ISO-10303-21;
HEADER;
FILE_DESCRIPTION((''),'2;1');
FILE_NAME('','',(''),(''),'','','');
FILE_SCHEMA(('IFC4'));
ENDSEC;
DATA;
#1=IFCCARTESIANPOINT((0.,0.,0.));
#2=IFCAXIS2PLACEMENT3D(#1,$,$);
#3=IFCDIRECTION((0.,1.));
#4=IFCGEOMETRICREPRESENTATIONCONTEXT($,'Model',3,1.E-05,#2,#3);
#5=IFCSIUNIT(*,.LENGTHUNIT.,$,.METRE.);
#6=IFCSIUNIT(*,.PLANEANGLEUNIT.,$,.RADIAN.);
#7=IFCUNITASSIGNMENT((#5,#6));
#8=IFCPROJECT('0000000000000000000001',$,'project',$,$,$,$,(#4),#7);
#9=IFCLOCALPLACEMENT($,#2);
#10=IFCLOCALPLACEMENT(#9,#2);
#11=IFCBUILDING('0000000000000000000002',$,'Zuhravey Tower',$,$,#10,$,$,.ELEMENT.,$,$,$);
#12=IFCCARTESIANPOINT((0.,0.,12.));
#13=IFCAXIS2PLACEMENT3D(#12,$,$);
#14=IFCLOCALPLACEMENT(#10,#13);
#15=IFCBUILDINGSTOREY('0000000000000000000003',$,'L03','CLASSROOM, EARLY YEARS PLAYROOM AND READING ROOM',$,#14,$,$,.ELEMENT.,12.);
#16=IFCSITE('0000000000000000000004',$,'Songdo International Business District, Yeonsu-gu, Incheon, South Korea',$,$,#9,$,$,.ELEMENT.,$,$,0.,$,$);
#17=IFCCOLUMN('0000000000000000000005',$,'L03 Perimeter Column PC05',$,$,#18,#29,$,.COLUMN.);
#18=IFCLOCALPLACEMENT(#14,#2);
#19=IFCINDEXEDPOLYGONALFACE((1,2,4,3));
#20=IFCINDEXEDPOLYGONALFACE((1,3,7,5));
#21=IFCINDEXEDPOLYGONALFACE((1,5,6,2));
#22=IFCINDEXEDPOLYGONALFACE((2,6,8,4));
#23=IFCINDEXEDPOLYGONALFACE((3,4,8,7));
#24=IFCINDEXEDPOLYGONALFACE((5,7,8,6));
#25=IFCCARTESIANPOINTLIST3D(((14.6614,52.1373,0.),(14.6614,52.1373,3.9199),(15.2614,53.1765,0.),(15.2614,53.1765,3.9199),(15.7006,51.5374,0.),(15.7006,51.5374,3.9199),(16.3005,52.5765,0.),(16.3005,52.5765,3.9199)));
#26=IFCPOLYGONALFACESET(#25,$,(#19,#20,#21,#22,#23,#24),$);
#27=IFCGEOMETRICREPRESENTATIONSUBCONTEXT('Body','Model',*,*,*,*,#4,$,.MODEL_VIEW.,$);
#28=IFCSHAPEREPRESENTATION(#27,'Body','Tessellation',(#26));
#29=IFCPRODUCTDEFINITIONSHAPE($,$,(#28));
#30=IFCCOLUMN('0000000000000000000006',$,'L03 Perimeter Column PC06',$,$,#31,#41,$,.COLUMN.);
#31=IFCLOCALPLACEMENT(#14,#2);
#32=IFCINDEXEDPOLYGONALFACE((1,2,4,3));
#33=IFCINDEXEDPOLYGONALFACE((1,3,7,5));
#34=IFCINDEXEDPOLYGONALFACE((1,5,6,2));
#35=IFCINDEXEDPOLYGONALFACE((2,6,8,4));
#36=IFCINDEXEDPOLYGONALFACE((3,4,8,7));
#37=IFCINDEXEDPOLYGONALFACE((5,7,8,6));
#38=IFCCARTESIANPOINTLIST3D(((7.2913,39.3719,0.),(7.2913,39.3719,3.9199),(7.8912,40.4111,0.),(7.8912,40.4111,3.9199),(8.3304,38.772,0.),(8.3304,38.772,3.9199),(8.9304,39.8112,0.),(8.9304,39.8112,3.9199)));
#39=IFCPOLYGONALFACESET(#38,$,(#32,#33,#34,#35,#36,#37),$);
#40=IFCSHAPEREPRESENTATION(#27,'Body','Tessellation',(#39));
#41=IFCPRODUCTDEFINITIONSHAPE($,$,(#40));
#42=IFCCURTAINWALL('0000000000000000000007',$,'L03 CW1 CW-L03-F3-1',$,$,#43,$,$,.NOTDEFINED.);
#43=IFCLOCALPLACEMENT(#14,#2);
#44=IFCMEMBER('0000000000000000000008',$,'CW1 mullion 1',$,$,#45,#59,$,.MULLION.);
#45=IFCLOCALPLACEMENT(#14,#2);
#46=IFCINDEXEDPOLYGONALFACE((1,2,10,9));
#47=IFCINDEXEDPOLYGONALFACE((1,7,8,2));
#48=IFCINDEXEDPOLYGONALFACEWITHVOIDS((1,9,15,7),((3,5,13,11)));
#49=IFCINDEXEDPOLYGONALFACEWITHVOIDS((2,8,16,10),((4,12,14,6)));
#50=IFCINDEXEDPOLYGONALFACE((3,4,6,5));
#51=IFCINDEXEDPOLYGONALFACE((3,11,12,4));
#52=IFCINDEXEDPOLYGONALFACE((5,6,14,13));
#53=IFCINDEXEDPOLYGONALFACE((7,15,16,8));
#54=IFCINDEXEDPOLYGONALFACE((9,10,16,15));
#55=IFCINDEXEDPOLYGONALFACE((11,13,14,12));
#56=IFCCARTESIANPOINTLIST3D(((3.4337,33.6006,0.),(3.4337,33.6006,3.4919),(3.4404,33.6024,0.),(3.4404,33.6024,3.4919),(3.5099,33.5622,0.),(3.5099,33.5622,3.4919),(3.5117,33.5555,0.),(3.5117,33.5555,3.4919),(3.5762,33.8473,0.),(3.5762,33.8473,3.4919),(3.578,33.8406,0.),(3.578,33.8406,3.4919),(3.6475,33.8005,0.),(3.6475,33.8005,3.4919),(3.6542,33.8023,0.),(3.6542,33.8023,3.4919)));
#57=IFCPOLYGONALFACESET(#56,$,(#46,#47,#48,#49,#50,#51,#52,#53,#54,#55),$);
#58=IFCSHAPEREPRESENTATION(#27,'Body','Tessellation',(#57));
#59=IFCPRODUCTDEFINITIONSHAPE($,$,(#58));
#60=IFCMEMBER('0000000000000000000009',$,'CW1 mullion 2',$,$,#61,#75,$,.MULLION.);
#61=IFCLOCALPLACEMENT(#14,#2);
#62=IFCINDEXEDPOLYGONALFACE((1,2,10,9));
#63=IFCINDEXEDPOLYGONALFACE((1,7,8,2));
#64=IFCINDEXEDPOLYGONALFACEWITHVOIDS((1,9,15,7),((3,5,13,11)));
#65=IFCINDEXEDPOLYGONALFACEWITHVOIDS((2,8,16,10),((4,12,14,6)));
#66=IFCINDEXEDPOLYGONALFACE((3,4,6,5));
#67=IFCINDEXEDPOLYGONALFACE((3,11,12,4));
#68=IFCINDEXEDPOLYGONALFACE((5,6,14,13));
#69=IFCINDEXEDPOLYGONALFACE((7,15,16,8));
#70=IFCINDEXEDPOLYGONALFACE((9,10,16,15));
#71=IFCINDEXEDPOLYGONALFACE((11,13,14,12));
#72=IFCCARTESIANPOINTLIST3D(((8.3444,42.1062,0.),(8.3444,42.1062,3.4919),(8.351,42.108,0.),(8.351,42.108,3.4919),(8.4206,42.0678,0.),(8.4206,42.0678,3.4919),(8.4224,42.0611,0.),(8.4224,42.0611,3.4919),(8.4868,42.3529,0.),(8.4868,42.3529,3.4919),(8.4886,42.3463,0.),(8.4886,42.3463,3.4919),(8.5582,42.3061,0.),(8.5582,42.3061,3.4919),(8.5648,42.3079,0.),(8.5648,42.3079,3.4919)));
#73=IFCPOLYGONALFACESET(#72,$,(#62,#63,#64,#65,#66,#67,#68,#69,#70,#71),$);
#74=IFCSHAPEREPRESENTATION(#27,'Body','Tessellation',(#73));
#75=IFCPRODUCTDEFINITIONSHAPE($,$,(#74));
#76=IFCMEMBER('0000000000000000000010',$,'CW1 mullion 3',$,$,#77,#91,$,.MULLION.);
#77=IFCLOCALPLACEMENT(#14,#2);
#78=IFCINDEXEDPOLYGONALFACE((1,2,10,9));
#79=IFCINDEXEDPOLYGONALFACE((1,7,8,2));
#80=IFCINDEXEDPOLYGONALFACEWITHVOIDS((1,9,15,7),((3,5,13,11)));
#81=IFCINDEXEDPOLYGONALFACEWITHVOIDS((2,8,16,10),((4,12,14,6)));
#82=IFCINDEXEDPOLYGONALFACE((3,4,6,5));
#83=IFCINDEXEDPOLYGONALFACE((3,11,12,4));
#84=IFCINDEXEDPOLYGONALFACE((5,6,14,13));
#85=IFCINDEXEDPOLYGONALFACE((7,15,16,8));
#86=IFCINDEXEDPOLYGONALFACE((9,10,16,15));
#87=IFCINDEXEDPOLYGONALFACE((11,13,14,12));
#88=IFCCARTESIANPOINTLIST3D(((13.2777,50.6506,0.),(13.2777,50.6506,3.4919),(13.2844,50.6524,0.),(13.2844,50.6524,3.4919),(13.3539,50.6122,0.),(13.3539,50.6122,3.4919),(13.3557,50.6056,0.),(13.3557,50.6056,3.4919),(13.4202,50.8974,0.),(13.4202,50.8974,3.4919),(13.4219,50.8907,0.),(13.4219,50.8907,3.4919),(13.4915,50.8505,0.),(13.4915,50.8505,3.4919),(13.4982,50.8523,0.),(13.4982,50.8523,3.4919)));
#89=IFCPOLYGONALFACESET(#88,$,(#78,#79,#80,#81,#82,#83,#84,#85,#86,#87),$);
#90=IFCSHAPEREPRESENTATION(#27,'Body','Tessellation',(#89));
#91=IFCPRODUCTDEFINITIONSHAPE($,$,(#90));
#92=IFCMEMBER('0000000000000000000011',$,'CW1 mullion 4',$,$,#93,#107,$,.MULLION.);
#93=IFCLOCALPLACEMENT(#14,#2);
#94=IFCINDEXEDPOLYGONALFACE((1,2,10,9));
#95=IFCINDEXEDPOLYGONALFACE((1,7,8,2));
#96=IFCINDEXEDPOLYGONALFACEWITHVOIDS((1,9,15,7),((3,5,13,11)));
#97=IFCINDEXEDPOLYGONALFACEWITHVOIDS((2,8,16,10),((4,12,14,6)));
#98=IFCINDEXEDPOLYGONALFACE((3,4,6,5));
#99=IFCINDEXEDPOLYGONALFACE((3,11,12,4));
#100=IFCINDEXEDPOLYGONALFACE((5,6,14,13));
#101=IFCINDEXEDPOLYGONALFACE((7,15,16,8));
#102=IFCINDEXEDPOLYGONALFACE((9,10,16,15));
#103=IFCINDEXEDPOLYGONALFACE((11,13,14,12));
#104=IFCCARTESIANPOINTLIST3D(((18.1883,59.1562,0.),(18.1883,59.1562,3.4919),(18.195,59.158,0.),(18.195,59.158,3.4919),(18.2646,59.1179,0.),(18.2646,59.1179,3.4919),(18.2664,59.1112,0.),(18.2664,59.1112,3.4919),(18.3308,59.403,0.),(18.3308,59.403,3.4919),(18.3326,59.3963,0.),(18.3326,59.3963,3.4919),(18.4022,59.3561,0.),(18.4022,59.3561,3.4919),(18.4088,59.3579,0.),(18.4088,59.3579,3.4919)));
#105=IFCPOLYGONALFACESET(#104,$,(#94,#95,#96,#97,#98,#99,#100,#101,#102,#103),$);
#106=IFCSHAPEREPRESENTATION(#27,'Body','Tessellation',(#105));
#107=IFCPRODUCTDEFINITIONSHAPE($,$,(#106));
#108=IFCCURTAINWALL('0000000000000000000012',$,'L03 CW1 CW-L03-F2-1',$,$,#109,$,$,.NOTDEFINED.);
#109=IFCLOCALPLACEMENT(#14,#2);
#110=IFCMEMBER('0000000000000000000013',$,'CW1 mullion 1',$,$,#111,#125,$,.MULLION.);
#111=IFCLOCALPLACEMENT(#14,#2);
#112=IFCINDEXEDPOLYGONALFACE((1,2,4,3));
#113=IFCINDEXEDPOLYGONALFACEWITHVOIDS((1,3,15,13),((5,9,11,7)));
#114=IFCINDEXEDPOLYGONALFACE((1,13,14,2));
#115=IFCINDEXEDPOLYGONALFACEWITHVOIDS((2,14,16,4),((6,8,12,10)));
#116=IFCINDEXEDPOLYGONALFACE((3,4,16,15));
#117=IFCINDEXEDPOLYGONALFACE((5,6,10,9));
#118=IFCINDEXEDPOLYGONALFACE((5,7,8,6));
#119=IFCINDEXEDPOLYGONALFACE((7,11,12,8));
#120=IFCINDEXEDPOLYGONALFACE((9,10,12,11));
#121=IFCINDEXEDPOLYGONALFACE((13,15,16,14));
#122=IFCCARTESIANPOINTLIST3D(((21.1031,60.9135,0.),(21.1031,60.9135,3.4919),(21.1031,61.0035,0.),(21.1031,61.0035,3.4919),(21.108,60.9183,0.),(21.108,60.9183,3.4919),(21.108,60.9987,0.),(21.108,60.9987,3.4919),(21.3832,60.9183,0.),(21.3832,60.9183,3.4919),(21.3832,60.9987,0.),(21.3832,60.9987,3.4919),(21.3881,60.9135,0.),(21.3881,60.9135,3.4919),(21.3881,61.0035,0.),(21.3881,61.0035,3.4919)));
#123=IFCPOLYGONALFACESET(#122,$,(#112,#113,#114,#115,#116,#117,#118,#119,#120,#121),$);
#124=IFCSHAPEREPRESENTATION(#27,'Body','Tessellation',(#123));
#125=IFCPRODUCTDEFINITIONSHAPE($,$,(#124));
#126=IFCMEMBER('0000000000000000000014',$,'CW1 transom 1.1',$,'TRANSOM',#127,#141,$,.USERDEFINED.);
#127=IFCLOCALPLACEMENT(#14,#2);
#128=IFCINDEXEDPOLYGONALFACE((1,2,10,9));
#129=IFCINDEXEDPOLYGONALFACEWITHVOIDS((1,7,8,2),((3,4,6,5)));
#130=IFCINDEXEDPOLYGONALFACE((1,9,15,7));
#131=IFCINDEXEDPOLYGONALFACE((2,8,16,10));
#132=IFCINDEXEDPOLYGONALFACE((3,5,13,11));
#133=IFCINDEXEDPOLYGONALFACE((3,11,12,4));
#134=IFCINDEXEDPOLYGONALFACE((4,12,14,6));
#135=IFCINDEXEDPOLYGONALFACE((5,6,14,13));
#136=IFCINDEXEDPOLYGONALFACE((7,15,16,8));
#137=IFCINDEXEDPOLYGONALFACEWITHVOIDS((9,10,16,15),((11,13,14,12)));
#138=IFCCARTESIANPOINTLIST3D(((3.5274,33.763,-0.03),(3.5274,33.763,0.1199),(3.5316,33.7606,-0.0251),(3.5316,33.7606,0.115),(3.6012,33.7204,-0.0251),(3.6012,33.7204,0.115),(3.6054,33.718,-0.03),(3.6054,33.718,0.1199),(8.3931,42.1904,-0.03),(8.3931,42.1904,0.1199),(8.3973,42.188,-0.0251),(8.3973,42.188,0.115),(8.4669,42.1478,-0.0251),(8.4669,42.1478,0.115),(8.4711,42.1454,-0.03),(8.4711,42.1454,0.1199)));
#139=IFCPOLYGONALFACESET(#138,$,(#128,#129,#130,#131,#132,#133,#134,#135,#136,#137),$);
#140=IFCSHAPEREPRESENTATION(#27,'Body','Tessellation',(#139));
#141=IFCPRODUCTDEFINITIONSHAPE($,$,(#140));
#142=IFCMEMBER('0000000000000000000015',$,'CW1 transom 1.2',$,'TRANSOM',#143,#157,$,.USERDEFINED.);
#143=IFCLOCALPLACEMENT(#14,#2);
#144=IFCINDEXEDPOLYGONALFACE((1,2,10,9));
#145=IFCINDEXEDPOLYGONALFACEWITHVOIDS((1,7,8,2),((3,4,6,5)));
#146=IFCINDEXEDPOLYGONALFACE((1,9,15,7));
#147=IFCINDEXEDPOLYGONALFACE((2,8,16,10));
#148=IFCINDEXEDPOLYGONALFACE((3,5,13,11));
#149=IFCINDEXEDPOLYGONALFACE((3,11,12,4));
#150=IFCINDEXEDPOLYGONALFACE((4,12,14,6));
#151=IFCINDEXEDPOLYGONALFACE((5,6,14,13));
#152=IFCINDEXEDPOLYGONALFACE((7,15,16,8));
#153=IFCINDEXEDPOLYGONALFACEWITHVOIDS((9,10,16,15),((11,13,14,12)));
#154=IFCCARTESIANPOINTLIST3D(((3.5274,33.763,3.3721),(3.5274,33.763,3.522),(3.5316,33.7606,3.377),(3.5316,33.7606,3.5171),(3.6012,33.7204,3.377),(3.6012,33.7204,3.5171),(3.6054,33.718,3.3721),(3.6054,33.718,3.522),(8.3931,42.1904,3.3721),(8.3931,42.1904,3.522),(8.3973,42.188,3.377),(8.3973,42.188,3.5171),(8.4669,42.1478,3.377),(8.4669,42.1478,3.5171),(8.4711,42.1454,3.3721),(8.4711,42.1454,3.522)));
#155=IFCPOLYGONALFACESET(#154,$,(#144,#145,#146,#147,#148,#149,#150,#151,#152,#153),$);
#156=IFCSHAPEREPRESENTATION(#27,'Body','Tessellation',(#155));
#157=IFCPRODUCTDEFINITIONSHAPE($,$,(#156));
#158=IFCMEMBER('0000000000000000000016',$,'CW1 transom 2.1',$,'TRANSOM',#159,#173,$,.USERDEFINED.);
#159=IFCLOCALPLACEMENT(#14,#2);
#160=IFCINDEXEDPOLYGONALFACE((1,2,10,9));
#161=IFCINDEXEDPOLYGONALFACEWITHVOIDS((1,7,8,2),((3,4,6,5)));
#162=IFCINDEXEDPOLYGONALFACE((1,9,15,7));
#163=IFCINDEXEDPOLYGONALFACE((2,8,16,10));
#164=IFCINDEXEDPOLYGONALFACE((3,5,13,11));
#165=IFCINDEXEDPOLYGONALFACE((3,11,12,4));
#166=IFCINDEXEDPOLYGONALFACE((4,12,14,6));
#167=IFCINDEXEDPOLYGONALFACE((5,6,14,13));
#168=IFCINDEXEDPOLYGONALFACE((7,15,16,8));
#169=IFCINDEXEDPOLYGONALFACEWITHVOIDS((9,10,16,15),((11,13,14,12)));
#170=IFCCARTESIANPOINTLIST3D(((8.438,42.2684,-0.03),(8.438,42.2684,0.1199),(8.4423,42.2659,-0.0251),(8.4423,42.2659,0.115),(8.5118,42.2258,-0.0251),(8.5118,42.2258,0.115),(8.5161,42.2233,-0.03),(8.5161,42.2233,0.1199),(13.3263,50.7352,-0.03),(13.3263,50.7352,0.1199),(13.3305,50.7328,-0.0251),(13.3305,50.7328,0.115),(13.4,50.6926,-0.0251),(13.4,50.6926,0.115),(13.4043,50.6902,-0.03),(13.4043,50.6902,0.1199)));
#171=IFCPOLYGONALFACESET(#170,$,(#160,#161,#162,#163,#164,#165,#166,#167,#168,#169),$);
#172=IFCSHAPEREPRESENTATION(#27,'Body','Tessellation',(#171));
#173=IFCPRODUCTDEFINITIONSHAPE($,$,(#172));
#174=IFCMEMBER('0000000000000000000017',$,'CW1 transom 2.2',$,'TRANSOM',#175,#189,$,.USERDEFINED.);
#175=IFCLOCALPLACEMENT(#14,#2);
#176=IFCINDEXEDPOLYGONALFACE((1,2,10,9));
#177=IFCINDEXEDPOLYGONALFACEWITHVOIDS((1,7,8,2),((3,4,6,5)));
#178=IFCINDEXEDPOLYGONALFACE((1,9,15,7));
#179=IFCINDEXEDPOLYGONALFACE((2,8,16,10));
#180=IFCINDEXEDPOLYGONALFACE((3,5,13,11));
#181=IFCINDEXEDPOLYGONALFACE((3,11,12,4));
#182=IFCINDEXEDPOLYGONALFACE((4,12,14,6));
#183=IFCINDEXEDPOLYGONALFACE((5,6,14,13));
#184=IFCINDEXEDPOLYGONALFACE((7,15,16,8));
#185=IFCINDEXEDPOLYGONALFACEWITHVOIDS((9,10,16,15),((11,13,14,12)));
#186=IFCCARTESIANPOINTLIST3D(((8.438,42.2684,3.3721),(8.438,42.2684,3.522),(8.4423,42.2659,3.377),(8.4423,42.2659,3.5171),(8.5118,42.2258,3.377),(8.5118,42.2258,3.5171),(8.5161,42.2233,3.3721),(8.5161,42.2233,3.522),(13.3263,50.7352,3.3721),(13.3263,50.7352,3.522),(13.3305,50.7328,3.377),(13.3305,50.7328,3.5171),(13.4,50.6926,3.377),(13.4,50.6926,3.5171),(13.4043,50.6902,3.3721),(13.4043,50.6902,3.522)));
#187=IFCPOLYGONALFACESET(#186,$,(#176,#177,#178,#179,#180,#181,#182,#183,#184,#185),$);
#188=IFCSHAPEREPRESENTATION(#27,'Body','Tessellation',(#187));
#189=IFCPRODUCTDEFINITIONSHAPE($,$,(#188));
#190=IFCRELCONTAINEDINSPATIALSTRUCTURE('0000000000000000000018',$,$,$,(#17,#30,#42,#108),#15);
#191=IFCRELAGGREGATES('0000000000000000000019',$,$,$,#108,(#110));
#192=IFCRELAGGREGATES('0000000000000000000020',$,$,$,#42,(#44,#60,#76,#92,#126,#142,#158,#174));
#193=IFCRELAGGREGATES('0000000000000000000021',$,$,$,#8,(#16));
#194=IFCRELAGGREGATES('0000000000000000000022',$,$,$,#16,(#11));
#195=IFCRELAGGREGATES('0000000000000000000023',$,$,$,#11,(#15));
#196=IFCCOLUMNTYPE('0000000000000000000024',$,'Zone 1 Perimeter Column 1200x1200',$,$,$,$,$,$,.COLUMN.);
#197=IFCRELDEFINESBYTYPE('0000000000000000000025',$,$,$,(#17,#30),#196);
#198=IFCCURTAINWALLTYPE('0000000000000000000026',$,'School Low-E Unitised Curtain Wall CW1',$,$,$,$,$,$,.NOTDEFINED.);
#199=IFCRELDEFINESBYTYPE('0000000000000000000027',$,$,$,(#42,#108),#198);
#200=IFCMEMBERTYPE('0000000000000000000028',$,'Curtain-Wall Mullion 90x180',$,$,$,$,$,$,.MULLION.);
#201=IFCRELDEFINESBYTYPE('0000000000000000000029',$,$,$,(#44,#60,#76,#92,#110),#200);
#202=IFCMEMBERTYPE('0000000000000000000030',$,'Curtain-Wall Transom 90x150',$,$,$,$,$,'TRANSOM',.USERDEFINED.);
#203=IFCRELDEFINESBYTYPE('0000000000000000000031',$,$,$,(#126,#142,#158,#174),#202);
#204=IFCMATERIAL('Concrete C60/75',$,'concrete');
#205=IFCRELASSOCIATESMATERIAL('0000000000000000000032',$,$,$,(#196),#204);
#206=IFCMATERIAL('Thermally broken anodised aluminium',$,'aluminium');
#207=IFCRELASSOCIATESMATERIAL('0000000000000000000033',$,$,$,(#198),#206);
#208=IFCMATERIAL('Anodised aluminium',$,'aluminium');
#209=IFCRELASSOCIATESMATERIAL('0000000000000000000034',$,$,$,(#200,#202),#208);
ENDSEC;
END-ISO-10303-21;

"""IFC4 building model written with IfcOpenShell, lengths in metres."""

from ifc_helpers import new_model, si_unit, direction, frame, origin, origin_2d, place, context, subcontext, project, spatial, rectangle, hollow_rectangle, extrude, material, material_profile, profile_set, type_object, element, aggregate, save


model = new_model("IFC4")

# Units and contexts
model_context = context("Model", 3, precision=1e-05, world=origin(), true_north=direction((0.0, 1.0)))
body_context = subcontext(model_context, "Body", "Model", "MODEL_VIEW")
ifc_project = project(units=[si_unit("LENGTHUNIT", "METRE"), si_unit("PLANEANGLEUNIT", "RADIAN")], contexts=[model_context])

# Site, building, storey
site_placement = place(None, origin())
site = spatial("IfcSite", under=ifc_project, at=site_placement, Name="Songdo International Business District, Yeonsu-gu, Incheon, South Korea", CompositionType="ELEMENT", RefElevation=0.0)
building_placement = place(site_placement, origin())
building = spatial("IfcBuilding", under=site, at=building_placement, Name="Zuhravey Tower", CompositionType="ELEMENT")
storey_placement = place(building_placement, frame((0.0, 0.0, 12.0)))
storey = spatial("IfcBuildingStorey", under=building, at=storey_placement, Name="L03", Description="CLASSROOM, EARLY YEARS PLAYROOM AND READING ROOM", CompositionType="ELEMENT", Elevation=12.0)

# Columns
ifc_material_1 = material(Name="Concrete C60/75", Category="concrete")
ifc_material_profile_1 = material_profile(ifc_material_1, rectangle(XDim=1.2, YDim=1.2, at=origin_2d()), Name="RC-1200x1200")
ifc_profile_set_1 = profile_set([ifc_material_profile_1], Name="Concrete C60/75")
column_type = type_object("IfcColumnType", Name="Zone 1 Perimeter Column 1200x1200", PredefinedType="COLUMN", material=ifc_profile_set_1)
for number, where, z_axis, x_axis, name in (
    (1, (15.481, 52.3569, 0.0), (0.0, 0.0, 1.0), (-0.5, -0.866025, 0.0), "L03 Perimeter Column PC05"),
    (2, (8.1108, 39.5916, 0.0), (0.0, 0.0, 1.0), (-0.5, -0.866025, 0.0), "L03 Perimeter Column PC06"),
):
    element("IfcColumn", number, at=place(storey_placement, frame(where, z_axis=z_axis, x_axis=x_axis)), inside=storey, type_object=column_type, Name=name, PredefinedType="COLUMN", context=body_context, shape_type="SweptSolid", body=[
        extrude(rectangle(XDim=1.2, YDim=1.2, at=origin_2d()), origin(), (0.0, 0.0, 1.0), 3.9199),
    ])

# Curtain wall, members
ifc_material_2 = material(Name="Thermally broken anodised aluminium", Category="aluminium")
curtain_wall_type = type_object("IfcCurtainWallType", Name="School Low-E Unitised Curtain Wall CW1", PredefinedType="NOTDEFINED", material=ifc_material_2)
curtain_wall_1_placement = place(storey_placement, origin())
curtain_wall_1 = element("IfcCurtainWall", 3, at=curtain_wall_1_placement, inside=storey, type_object=curtain_wall_type, Name="L03 CW1 CW-L03-F3-1", PredefinedType="NOTDEFINED")
ifc_material_3 = material(Name="Anodised aluminium", Category="aluminium")
ifc_material_profile_2 = material_profile(ifc_material_3, hollow_rectangle(XDim=0.0901, YDim=0.2849, WallThickness=0.0049, at=origin_2d()), Name="ALU-RHS-90x285x5")
ifc_profile_set_2 = profile_set([ifc_material_profile_2], Name="Anodised aluminium")
member_type_1 = type_object("IfcMemberType", Name="Curtain-Wall Mullion 90x180", PredefinedType="MULLION", material=ifc_profile_set_2)
member_1_placement = place(storey_placement, frame((3.5439, 33.7014, 0.0), z_axis=(0.0, 0.0, 1.0), x_axis=(-0.866026, 0.5, 0.0)))
member_1 = element("IfcMember", 4, at=member_1_placement, type_object=member_type_1, Name="CW1 mullion 1", PredefinedType="MULLION", context=body_context, shape_type="SweptSolid", body=[
    extrude(hollow_rectangle(XDim=0.0901, YDim=0.2849, WallThickness=0.0049, at=origin_2d()), origin(), (0.0, 0.0, 1.0), 3.4919),
])
member_2_placement = place(storey_placement, frame((8.4546, 42.207, 0.0), z_axis=(0.0, 0.0, 1.0), x_axis=(-0.866026, 0.5, 0.0)))
member_2 = element("IfcMember", 5, at=member_2_placement, type_object=member_type_1, Name="CW1 mullion 2", PredefinedType="MULLION", context=body_context, shape_type="SweptSolid", body=[
    extrude(hollow_rectangle(XDim=0.0901, YDim=0.2849, WallThickness=0.0049, at=origin_2d()), origin(), (0.0, 0.0, 1.0), 3.4919),
])
member_3_placement = place(storey_placement, frame((13.3879, 50.7515, 0.0), z_axis=(0.0, 0.0, 1.0), x_axis=(-0.866026, 0.5, 0.0)))
member_3 = element("IfcMember", 6, at=member_3_placement, type_object=member_type_1, Name="CW1 mullion 3", PredefinedType="MULLION", context=body_context, shape_type="SweptSolid", body=[
    extrude(hollow_rectangle(XDim=0.0901, YDim=0.2849, WallThickness=0.0049, at=origin_2d()), origin(), (0.0, 0.0, 1.0), 3.4919),
])
member_4_placement = place(storey_placement, frame((18.2986, 59.2571, 0.0), z_axis=(0.0, 0.0, 1.0), x_axis=(-0.866026, 0.5, 0.0)))
member_4 = element("IfcMember", 7, at=member_4_placement, type_object=member_type_1, Name="CW1 mullion 4", PredefinedType="MULLION", context=body_context, shape_type="SweptSolid", body=[
    extrude(hollow_rectangle(XDim=0.0901, YDim=0.2849, WallThickness=0.0049, at=origin_2d()), origin(), (0.0, 0.0, 1.0), 3.4919),
])

# Curtain wall, member
curtain_wall_2_placement = place(storey_placement, origin())
curtain_wall_2 = element("IfcCurtainWall", 8, at=curtain_wall_2_placement, inside=storey, type_object=curtain_wall_type, Name="L03 CW1 CW-L03-F2-1", PredefinedType="NOTDEFINED")
member_5_placement = place(storey_placement, frame((21.2456, 60.9585, 0.0), z_axis=(0.0, 0.0, 1.0), x_axis=(0.0, 1.0, 0.0)))
member_5 = element("IfcMember", 9, at=member_5_placement, type_object=member_type_1, Name="CW1 mullion 1", PredefinedType="MULLION", context=body_context, shape_type="SweptSolid", body=[
    extrude(hollow_rectangle(XDim=0.0901, YDim=0.2849, WallThickness=0.0049, at=origin_2d()), origin(), (0.0, 0.0, 1.0), 3.4919),
])

# Members
ifc_material_profile_3 = material_profile(ifc_material_3, hollow_rectangle(XDim=0.0901, YDim=0.1499, WallThickness=0.0049, at=origin_2d()), Name="ALU-RHS-90x150x5")
ifc_profile_set_3 = profile_set([ifc_material_profile_3], Name="Anodised aluminium")
member_type_2 = type_object("IfcMemberType", Name="Curtain-Wall Transom 90x150", ElementType="TRANSOM", PredefinedType="USERDEFINED", material=ifc_profile_set_3)
member_6_placement = place(storey_placement, frame((3.5664, 33.7405, 0.0449), z_axis=(0.500008, 0.866021, 0.0), x_axis=(-0.866021, 0.500008, 0.0)))
member_6 = element("IfcMember", 10, at=member_6_placement, type_object=member_type_2, Name="CW1 transom 1.1", ObjectType="TRANSOM", PredefinedType="USERDEFINED", context=body_context, shape_type="SweptSolid", body=[
    extrude(hollow_rectangle(XDim=0.0901, YDim=0.1499, WallThickness=0.0049, at=origin_2d()), origin(), (0.0, 0.0, 1.0), 9.7312),
])
member_7_placement = place(storey_placement, frame((3.5664, 33.7405, 3.447), z_axis=(0.500008, 0.866021, 0.0), x_axis=(-0.866021, 0.500008, 0.0)))
member_7 = element("IfcMember", 11, at=member_7_placement, type_object=member_type_2, Name="CW1 transom 1.2", ObjectType="TRANSOM", PredefinedType="USERDEFINED", context=body_context, shape_type="SweptSolid", body=[
    extrude(hollow_rectangle(XDim=0.0901, YDim=0.1499, WallThickness=0.0049, at=origin_2d()), origin(), (0.0, 0.0, 1.0), 9.7312),
])
member_8_placement = place(storey_placement, frame((8.4771, 42.2458, 0.0449), z_axis=(0.49999, 0.866031, 0.0), x_axis=(-0.866031, 0.49999, 0.0)))
member_8 = element("IfcMember", 12, at=member_8_placement, type_object=member_type_2, Name="CW1 transom 2.1", ObjectType="TRANSOM", PredefinedType="USERDEFINED", context=body_context, shape_type="SweptSolid", body=[
    extrude(hollow_rectangle(XDim=0.0901, YDim=0.1499, WallThickness=0.0049, at=origin_2d()), origin(), (0.0, 0.0, 1.0), 9.7766),
])
member_9_placement = place(storey_placement, frame((8.4771, 42.2458, 3.447), z_axis=(0.49999, 0.866031, 0.0), x_axis=(-0.866031, 0.49999, 0.0)))
member_9 = element("IfcMember", 13, at=member_9_placement, type_object=member_type_2, Name="CW1 transom 2.2", ObjectType="TRANSOM", PredefinedType="USERDEFINED", context=body_context, shape_type="SweptSolid", body=[
    extrude(hollow_rectangle(XDim=0.0901, YDim=0.1499, WallThickness=0.0049, at=origin_2d()), origin(), (0.0, 0.0, 1.0), 9.7766),
])
aggregate(curtain_wall_2, [member_5])

aggregate(curtain_wall_1, [member_1, member_2, member_3, member_4, member_6, member_7, member_8, member_9])

save(model, "model.ifc")
